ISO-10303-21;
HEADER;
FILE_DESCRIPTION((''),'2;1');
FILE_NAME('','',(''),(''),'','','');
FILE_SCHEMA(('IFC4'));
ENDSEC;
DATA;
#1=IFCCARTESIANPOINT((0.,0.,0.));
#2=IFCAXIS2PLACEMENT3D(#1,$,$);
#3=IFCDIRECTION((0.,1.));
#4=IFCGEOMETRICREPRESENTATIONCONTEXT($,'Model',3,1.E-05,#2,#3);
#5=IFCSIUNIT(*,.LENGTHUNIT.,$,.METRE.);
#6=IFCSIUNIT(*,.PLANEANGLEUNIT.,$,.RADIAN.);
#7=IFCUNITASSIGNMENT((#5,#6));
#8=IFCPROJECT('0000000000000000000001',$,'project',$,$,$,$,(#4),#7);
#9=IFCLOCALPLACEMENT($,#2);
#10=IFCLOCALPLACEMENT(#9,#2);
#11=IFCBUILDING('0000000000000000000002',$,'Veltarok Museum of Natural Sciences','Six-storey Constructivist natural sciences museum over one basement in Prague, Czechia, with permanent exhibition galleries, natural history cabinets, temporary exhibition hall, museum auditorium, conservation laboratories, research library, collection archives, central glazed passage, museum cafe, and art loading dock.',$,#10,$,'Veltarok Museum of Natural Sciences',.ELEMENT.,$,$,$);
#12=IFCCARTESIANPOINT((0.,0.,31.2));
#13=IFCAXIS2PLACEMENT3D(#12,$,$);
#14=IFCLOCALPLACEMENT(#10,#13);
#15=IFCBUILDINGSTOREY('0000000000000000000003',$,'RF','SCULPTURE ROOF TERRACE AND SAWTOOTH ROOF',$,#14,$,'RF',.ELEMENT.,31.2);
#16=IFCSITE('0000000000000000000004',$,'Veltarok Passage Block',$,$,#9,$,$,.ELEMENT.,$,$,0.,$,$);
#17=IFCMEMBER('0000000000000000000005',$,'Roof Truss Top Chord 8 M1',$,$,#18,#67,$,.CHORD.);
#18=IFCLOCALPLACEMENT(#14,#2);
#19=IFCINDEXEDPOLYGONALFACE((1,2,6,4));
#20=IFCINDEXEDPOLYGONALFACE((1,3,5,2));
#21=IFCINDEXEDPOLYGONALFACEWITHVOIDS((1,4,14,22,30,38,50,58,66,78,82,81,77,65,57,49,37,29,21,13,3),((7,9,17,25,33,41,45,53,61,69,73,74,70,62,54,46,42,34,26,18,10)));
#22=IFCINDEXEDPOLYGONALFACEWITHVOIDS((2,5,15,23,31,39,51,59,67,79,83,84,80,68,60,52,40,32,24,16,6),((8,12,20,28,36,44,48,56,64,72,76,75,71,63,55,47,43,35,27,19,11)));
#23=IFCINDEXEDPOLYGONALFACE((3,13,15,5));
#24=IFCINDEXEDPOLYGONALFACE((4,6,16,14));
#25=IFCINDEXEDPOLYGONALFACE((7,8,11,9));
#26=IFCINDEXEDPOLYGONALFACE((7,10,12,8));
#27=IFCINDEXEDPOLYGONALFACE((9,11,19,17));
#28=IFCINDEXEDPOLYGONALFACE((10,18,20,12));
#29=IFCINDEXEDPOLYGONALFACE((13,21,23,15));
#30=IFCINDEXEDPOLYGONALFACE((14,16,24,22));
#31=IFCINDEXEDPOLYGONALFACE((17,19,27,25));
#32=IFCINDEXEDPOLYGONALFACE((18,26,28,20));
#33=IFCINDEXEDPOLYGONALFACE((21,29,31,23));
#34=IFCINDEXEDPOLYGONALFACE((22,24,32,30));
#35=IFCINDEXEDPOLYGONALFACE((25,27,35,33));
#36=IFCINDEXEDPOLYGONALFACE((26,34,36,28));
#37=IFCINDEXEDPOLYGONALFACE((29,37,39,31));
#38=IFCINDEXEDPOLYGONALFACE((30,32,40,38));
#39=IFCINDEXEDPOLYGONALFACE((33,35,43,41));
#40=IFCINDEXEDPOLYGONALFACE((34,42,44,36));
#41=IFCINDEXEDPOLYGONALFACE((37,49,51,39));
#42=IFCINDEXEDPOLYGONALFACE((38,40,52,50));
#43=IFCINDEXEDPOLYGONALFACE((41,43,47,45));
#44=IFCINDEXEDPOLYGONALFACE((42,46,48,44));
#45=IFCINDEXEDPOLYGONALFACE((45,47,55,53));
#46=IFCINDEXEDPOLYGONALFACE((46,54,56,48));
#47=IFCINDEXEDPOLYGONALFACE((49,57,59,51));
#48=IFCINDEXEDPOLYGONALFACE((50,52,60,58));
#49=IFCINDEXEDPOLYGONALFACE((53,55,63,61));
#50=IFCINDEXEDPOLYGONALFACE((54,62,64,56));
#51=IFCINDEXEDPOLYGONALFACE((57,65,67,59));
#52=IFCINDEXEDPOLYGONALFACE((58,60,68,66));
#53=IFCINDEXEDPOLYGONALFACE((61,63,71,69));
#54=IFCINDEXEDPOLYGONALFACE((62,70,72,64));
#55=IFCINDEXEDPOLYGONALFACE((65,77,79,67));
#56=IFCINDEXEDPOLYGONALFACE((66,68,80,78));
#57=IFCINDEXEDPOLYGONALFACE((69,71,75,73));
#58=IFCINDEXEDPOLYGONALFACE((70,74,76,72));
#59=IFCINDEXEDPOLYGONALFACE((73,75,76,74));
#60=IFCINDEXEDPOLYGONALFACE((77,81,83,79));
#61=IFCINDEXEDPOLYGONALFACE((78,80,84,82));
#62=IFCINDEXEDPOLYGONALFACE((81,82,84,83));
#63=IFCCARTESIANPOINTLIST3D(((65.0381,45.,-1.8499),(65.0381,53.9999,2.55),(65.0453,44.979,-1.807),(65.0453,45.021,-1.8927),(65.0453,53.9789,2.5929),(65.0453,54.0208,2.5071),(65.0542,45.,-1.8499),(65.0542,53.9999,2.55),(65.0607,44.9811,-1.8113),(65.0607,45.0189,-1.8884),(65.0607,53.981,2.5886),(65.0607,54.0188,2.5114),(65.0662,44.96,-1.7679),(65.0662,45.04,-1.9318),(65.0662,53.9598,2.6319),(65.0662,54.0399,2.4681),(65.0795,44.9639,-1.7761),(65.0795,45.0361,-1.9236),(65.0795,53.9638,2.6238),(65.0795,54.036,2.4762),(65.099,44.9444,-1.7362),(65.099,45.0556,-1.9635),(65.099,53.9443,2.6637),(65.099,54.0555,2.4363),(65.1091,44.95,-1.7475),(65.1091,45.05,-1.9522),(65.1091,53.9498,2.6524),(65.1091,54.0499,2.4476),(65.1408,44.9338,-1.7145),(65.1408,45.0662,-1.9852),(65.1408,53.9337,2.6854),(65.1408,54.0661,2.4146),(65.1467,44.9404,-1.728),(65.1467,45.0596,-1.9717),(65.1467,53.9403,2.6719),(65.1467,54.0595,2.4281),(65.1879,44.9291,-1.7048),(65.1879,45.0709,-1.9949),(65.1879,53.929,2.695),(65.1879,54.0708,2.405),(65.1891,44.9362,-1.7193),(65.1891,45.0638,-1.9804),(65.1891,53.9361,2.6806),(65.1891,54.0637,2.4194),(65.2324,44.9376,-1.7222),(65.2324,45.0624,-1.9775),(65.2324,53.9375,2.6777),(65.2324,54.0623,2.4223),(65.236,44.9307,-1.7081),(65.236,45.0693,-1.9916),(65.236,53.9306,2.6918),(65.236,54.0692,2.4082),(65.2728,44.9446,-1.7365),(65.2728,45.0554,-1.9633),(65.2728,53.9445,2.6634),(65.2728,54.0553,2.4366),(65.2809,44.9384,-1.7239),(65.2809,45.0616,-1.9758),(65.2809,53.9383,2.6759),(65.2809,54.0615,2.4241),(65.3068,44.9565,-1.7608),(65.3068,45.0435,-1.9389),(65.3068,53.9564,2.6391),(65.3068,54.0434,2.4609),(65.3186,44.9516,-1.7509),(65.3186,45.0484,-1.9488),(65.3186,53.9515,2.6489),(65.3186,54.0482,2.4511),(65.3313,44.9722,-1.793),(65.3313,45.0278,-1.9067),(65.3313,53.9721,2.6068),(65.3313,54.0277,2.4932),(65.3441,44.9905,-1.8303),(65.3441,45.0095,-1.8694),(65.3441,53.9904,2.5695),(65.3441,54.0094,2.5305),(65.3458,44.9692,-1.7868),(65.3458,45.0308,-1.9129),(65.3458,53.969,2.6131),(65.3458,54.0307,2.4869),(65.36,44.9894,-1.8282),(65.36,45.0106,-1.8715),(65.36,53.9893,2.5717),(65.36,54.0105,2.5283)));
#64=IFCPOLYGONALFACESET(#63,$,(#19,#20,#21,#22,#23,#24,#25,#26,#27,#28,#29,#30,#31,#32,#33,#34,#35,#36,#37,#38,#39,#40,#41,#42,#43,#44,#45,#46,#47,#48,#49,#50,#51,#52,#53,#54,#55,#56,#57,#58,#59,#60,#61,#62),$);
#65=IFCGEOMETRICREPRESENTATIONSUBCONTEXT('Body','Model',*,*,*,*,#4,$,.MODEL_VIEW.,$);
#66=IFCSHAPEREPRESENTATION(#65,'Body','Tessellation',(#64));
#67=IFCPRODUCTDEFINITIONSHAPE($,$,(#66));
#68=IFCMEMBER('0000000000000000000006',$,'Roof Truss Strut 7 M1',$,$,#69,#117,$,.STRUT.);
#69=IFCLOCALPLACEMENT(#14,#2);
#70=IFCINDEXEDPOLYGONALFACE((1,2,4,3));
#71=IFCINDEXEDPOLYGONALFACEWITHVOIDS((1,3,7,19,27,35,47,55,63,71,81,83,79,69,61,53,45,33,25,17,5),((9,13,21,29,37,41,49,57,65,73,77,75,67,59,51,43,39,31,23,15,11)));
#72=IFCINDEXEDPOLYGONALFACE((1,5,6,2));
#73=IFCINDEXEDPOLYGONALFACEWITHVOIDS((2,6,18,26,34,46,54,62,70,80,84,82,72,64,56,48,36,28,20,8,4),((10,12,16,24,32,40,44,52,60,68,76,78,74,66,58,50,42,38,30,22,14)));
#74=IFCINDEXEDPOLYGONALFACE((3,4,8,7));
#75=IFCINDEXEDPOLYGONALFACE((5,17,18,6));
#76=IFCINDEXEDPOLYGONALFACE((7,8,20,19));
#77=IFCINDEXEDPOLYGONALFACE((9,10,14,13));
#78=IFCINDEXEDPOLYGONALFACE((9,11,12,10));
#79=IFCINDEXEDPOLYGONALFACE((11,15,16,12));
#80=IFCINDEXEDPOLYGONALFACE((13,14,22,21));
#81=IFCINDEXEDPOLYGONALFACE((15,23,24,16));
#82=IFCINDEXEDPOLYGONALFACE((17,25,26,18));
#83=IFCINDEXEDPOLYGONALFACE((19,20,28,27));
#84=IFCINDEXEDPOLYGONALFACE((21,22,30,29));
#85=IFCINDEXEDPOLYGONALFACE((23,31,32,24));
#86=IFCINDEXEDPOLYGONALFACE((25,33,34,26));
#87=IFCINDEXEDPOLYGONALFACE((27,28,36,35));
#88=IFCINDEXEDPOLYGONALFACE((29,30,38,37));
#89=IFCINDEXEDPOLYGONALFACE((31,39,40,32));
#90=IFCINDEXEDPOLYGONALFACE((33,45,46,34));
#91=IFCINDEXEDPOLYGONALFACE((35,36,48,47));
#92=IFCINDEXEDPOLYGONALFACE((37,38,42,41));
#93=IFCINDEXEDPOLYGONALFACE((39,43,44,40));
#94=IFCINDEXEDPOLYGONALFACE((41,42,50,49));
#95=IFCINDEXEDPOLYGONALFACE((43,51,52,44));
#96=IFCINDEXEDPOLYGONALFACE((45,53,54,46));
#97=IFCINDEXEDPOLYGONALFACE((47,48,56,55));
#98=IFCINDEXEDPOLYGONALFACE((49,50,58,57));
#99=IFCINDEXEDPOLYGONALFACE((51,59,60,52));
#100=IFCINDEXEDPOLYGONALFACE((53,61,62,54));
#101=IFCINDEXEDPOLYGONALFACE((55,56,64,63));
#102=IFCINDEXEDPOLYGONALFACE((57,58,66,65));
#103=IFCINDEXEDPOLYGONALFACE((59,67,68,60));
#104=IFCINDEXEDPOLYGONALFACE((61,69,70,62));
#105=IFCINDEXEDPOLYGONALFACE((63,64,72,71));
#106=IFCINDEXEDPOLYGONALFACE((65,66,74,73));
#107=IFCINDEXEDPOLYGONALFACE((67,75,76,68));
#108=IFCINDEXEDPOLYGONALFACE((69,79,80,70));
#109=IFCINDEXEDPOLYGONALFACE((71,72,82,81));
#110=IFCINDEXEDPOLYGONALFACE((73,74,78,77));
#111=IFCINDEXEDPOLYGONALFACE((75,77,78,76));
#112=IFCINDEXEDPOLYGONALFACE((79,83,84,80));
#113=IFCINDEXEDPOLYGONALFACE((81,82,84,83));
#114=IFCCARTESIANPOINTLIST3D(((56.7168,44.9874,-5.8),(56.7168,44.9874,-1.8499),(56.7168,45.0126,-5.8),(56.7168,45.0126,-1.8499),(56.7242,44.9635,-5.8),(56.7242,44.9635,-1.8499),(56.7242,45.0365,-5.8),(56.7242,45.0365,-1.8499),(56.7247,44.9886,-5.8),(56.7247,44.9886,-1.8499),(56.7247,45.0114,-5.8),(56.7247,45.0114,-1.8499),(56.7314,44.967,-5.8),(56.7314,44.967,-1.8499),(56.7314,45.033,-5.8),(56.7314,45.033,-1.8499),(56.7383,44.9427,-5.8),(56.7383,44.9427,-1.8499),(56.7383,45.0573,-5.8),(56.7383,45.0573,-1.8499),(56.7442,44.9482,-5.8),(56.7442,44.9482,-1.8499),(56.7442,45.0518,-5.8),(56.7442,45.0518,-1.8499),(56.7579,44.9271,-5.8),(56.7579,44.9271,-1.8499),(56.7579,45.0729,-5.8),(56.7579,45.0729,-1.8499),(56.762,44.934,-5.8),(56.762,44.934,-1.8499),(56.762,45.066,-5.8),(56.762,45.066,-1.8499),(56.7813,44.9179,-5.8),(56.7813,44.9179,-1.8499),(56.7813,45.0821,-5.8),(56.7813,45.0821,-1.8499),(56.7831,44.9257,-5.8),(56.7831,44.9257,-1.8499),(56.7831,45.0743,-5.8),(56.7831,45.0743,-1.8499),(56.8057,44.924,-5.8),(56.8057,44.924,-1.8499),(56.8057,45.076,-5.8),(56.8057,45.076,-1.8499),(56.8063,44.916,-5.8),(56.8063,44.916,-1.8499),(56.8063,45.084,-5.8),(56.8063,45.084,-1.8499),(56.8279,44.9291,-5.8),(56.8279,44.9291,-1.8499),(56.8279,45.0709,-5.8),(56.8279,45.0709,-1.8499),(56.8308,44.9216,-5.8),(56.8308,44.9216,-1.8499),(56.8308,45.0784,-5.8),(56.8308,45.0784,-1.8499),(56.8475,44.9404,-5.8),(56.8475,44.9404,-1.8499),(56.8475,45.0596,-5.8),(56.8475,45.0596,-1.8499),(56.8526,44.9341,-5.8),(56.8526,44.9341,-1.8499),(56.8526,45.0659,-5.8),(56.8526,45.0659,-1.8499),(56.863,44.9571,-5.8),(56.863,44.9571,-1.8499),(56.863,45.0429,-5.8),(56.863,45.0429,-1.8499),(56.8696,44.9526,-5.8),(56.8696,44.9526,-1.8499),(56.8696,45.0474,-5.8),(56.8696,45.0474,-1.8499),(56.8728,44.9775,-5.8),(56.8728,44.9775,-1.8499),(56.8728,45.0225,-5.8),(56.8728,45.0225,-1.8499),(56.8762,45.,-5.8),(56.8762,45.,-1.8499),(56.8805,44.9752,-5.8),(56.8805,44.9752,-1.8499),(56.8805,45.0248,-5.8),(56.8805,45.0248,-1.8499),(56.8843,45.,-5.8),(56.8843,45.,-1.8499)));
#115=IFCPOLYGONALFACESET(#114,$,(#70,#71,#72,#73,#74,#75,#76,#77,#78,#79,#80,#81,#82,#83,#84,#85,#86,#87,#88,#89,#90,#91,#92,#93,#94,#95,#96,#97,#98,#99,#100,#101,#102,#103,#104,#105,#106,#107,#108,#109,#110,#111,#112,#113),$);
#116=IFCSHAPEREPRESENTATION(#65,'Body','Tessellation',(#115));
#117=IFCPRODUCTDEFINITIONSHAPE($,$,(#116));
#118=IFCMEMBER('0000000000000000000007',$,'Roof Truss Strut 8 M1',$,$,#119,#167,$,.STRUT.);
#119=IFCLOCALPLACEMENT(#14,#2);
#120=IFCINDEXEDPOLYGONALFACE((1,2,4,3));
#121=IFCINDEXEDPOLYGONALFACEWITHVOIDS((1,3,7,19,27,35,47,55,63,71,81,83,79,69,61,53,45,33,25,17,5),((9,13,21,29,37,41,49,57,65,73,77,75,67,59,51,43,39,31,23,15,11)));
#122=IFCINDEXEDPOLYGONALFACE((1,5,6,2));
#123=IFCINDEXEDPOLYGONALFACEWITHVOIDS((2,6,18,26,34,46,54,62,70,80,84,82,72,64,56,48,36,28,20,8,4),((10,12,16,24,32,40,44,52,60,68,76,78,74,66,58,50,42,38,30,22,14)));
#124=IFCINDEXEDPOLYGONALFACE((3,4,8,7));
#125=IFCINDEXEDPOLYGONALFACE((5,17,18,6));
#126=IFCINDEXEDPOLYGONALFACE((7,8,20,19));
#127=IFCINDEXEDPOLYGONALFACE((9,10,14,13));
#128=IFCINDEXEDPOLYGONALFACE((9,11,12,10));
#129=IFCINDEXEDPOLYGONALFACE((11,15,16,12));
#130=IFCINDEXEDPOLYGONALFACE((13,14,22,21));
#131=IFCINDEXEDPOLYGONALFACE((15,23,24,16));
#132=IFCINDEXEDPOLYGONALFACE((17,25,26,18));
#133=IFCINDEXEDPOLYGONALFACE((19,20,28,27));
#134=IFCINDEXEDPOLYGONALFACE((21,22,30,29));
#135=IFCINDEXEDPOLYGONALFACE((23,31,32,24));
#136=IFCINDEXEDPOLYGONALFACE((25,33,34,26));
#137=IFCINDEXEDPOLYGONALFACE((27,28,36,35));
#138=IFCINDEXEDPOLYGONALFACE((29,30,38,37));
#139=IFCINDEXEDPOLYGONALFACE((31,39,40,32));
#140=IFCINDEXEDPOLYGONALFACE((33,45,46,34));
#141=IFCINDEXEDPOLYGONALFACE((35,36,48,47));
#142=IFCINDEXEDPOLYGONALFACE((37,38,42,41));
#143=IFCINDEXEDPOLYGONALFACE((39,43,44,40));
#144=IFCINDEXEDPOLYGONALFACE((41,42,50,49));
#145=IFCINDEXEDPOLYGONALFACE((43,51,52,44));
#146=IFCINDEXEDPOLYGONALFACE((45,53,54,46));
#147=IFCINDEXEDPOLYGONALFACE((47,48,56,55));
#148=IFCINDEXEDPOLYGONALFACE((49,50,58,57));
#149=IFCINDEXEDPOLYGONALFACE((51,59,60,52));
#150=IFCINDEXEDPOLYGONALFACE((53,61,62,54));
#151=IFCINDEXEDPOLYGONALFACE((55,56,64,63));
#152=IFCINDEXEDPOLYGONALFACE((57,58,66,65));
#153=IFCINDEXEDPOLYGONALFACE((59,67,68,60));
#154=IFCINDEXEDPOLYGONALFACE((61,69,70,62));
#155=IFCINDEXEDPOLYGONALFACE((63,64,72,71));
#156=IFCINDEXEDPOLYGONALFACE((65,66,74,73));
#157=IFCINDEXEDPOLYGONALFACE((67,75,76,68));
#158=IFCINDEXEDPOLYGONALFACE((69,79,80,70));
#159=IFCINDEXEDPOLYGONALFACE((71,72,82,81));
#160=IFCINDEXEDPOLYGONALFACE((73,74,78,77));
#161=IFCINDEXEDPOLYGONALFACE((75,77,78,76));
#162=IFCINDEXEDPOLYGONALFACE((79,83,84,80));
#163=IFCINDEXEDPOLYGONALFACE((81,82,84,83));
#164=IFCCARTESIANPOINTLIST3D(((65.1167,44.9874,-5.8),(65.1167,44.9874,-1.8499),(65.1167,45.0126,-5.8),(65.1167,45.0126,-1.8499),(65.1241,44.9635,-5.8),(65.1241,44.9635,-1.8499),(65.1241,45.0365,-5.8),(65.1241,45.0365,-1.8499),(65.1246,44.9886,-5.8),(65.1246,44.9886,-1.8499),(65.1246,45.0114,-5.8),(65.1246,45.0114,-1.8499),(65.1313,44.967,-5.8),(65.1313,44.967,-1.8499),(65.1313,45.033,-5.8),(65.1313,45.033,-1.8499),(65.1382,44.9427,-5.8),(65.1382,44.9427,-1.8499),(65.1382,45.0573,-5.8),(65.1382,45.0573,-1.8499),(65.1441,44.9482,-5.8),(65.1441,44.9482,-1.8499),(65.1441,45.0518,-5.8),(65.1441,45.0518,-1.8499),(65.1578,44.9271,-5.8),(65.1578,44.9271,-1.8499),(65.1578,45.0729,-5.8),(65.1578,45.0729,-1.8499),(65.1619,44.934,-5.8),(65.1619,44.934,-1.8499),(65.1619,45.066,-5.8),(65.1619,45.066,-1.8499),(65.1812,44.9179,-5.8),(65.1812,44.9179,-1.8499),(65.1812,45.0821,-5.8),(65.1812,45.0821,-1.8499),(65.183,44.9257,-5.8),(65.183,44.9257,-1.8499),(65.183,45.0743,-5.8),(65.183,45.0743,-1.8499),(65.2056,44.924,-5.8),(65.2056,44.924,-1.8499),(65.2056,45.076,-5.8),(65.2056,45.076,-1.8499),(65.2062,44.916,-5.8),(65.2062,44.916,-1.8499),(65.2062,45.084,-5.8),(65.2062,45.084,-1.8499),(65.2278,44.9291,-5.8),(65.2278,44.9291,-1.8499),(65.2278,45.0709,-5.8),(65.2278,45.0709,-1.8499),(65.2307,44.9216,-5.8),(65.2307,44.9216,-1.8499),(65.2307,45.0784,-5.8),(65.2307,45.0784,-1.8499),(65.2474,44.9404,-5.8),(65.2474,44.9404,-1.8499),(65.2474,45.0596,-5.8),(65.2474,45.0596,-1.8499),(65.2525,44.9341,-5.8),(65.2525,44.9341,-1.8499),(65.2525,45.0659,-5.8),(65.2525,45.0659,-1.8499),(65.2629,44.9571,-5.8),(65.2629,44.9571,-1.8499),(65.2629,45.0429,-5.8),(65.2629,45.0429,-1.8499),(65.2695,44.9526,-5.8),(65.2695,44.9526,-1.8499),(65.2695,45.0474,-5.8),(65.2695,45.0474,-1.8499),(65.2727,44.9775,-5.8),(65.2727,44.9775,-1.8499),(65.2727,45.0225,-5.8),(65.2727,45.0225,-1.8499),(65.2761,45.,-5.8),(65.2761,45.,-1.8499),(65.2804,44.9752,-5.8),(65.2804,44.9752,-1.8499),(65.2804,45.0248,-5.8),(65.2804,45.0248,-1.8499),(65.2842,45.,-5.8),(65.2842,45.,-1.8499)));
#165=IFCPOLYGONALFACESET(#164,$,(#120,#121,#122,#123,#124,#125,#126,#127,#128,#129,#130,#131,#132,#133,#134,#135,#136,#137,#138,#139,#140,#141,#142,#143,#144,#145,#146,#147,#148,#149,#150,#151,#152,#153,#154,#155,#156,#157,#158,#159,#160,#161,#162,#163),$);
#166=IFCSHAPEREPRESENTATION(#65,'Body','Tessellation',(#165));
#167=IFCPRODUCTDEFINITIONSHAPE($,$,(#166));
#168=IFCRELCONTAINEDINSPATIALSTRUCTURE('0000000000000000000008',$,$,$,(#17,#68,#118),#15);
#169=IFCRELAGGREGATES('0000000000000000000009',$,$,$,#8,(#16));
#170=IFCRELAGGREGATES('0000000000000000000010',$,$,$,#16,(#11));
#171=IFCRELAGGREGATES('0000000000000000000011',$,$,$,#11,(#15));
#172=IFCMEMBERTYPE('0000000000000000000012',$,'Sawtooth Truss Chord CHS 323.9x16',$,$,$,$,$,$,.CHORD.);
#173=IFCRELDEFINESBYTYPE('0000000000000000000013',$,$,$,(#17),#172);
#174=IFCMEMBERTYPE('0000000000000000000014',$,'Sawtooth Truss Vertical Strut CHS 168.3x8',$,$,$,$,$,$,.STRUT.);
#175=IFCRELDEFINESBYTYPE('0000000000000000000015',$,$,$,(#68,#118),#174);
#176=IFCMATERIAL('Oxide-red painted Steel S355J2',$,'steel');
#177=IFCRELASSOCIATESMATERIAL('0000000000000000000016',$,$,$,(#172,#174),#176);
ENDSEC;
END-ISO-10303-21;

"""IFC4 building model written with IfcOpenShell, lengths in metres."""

from ifc_helpers import new_model, si_unit, direction, frame, origin, origin_2d, place, context, subcontext, project, spatial, hollow_circle, extrude, material, material_profile, profile_set, type_object, element, save


model = new_model("IFC4")

# Units and contexts
model_context = context("Model", 3, precision=1e-05, world=origin(), true_north=direction((0.0, 1.0)))
body_context = subcontext(model_context, "Body", "Model", "MODEL_VIEW")
ifc_project = project(units=[si_unit("LENGTHUNIT", "METRE"), si_unit("PLANEANGLEUNIT", "RADIAN")], contexts=[model_context])

# Site, building, storey
site_placement = place(None, origin())
site = spatial("IfcSite", under=ifc_project, at=site_placement, Name="Veltarok Passage Block", CompositionType="ELEMENT", RefElevation=0.0)
building_placement = place(site_placement, origin())
building = spatial("IfcBuilding", under=site, at=building_placement, Name="Veltarok Museum of Natural Sciences", Description="Six-storey Constructivist natural sciences museum over one basement in Prague, Czechia, with permanent exhibition galleries, natural history cabinets, temporary exhibition hall, museum auditorium, conservation laboratories, research library, collection archives, central glazed passage, museum cafe, and art loading dock.", LongName="Veltarok Museum of Natural Sciences", CompositionType="ELEMENT")
storey_placement = place(building_placement, frame((0.0, 0.0, 31.2)))
storey = spatial("IfcBuildingStorey", under=building, at=storey_placement, Name="RF", Description="SCULPTURE ROOF TERRACE AND SAWTOOTH ROOF", LongName="RF", CompositionType="ELEMENT", Elevation=31.2)

# Members
ifc_material_1 = material(Name="Oxide-red painted Steel S355J2", Category="steel")
ifc_material_profile_1 = material_profile(ifc_material_1, hollow_circle(Radius=0.1619, WallThickness=0.0161, at=origin_2d()), Name="CHS 323.9x16")
ifc_profile_set_1 = profile_set([ifc_material_profile_1], Name="Oxide-red painted Steel S355J2")
member_type_1 = type_object("IfcMemberType", Name="Sawtooth Truss Chord CHS 323.9x16", PredefinedType="CHORD", material=ifc_profile_set_1)
member_1_placement = place(storey_placement, frame((65.2, 45.0, -1.8499), z_axis=(0.0, 0.898388, 0.439202), x_axis=(-1.0, 0.0, 0.0)))
element("IfcMember", 1, at=member_1_placement, inside=storey, type_object=member_type_1, Name="Roof Truss Top Chord 8 M1", PredefinedType="CHORD", context=body_context, shape_type="SweptSolid", body=[
    extrude(hollow_circle(Radius=0.1619, WallThickness=0.0161, at=origin_2d()), origin(), (0.0, 0.0, 1.0), 10.0178),
])
ifc_material_profile_2 = material_profile(ifc_material_1, hollow_circle(Radius=0.0842, WallThickness=0.0081, at=origin_2d()), Name="CHS 168.3x8")
ifc_profile_set_2 = profile_set([ifc_material_profile_2], Name="Oxide-red painted Steel S355J2")
member_type_2 = type_object("IfcMemberType", Name="Sawtooth Truss Vertical Strut CHS 168.3x8", PredefinedType="STRUT", material=ifc_profile_set_2)
for number, where, z_axis, x_axis, name in (
    (2, (56.8, 45.0, -5.8), (0.0, 0.0, 1.0), (1.0, 0.0, 0.0), "Roof Truss Strut 7 M1"),
    (3, (65.2, 45.0, -5.8), (0.0, 0.0, 1.0), (1.0, 0.0, 0.0), "Roof Truss Strut 8 M1"),
):
    element("IfcMember", number, at=place(storey_placement, frame(where, z_axis=z_axis, x_axis=x_axis)), inside=storey, type_object=member_type_2, Name=name, PredefinedType="STRUT", context=body_context, shape_type="SweptSolid", body=[
        extrude(hollow_circle(Radius=0.0842, WallThickness=0.0081, at=origin_2d()), origin(), (0.0, 0.0, 1.0), 3.9502),
    ])

save(model, "model.ifc")
